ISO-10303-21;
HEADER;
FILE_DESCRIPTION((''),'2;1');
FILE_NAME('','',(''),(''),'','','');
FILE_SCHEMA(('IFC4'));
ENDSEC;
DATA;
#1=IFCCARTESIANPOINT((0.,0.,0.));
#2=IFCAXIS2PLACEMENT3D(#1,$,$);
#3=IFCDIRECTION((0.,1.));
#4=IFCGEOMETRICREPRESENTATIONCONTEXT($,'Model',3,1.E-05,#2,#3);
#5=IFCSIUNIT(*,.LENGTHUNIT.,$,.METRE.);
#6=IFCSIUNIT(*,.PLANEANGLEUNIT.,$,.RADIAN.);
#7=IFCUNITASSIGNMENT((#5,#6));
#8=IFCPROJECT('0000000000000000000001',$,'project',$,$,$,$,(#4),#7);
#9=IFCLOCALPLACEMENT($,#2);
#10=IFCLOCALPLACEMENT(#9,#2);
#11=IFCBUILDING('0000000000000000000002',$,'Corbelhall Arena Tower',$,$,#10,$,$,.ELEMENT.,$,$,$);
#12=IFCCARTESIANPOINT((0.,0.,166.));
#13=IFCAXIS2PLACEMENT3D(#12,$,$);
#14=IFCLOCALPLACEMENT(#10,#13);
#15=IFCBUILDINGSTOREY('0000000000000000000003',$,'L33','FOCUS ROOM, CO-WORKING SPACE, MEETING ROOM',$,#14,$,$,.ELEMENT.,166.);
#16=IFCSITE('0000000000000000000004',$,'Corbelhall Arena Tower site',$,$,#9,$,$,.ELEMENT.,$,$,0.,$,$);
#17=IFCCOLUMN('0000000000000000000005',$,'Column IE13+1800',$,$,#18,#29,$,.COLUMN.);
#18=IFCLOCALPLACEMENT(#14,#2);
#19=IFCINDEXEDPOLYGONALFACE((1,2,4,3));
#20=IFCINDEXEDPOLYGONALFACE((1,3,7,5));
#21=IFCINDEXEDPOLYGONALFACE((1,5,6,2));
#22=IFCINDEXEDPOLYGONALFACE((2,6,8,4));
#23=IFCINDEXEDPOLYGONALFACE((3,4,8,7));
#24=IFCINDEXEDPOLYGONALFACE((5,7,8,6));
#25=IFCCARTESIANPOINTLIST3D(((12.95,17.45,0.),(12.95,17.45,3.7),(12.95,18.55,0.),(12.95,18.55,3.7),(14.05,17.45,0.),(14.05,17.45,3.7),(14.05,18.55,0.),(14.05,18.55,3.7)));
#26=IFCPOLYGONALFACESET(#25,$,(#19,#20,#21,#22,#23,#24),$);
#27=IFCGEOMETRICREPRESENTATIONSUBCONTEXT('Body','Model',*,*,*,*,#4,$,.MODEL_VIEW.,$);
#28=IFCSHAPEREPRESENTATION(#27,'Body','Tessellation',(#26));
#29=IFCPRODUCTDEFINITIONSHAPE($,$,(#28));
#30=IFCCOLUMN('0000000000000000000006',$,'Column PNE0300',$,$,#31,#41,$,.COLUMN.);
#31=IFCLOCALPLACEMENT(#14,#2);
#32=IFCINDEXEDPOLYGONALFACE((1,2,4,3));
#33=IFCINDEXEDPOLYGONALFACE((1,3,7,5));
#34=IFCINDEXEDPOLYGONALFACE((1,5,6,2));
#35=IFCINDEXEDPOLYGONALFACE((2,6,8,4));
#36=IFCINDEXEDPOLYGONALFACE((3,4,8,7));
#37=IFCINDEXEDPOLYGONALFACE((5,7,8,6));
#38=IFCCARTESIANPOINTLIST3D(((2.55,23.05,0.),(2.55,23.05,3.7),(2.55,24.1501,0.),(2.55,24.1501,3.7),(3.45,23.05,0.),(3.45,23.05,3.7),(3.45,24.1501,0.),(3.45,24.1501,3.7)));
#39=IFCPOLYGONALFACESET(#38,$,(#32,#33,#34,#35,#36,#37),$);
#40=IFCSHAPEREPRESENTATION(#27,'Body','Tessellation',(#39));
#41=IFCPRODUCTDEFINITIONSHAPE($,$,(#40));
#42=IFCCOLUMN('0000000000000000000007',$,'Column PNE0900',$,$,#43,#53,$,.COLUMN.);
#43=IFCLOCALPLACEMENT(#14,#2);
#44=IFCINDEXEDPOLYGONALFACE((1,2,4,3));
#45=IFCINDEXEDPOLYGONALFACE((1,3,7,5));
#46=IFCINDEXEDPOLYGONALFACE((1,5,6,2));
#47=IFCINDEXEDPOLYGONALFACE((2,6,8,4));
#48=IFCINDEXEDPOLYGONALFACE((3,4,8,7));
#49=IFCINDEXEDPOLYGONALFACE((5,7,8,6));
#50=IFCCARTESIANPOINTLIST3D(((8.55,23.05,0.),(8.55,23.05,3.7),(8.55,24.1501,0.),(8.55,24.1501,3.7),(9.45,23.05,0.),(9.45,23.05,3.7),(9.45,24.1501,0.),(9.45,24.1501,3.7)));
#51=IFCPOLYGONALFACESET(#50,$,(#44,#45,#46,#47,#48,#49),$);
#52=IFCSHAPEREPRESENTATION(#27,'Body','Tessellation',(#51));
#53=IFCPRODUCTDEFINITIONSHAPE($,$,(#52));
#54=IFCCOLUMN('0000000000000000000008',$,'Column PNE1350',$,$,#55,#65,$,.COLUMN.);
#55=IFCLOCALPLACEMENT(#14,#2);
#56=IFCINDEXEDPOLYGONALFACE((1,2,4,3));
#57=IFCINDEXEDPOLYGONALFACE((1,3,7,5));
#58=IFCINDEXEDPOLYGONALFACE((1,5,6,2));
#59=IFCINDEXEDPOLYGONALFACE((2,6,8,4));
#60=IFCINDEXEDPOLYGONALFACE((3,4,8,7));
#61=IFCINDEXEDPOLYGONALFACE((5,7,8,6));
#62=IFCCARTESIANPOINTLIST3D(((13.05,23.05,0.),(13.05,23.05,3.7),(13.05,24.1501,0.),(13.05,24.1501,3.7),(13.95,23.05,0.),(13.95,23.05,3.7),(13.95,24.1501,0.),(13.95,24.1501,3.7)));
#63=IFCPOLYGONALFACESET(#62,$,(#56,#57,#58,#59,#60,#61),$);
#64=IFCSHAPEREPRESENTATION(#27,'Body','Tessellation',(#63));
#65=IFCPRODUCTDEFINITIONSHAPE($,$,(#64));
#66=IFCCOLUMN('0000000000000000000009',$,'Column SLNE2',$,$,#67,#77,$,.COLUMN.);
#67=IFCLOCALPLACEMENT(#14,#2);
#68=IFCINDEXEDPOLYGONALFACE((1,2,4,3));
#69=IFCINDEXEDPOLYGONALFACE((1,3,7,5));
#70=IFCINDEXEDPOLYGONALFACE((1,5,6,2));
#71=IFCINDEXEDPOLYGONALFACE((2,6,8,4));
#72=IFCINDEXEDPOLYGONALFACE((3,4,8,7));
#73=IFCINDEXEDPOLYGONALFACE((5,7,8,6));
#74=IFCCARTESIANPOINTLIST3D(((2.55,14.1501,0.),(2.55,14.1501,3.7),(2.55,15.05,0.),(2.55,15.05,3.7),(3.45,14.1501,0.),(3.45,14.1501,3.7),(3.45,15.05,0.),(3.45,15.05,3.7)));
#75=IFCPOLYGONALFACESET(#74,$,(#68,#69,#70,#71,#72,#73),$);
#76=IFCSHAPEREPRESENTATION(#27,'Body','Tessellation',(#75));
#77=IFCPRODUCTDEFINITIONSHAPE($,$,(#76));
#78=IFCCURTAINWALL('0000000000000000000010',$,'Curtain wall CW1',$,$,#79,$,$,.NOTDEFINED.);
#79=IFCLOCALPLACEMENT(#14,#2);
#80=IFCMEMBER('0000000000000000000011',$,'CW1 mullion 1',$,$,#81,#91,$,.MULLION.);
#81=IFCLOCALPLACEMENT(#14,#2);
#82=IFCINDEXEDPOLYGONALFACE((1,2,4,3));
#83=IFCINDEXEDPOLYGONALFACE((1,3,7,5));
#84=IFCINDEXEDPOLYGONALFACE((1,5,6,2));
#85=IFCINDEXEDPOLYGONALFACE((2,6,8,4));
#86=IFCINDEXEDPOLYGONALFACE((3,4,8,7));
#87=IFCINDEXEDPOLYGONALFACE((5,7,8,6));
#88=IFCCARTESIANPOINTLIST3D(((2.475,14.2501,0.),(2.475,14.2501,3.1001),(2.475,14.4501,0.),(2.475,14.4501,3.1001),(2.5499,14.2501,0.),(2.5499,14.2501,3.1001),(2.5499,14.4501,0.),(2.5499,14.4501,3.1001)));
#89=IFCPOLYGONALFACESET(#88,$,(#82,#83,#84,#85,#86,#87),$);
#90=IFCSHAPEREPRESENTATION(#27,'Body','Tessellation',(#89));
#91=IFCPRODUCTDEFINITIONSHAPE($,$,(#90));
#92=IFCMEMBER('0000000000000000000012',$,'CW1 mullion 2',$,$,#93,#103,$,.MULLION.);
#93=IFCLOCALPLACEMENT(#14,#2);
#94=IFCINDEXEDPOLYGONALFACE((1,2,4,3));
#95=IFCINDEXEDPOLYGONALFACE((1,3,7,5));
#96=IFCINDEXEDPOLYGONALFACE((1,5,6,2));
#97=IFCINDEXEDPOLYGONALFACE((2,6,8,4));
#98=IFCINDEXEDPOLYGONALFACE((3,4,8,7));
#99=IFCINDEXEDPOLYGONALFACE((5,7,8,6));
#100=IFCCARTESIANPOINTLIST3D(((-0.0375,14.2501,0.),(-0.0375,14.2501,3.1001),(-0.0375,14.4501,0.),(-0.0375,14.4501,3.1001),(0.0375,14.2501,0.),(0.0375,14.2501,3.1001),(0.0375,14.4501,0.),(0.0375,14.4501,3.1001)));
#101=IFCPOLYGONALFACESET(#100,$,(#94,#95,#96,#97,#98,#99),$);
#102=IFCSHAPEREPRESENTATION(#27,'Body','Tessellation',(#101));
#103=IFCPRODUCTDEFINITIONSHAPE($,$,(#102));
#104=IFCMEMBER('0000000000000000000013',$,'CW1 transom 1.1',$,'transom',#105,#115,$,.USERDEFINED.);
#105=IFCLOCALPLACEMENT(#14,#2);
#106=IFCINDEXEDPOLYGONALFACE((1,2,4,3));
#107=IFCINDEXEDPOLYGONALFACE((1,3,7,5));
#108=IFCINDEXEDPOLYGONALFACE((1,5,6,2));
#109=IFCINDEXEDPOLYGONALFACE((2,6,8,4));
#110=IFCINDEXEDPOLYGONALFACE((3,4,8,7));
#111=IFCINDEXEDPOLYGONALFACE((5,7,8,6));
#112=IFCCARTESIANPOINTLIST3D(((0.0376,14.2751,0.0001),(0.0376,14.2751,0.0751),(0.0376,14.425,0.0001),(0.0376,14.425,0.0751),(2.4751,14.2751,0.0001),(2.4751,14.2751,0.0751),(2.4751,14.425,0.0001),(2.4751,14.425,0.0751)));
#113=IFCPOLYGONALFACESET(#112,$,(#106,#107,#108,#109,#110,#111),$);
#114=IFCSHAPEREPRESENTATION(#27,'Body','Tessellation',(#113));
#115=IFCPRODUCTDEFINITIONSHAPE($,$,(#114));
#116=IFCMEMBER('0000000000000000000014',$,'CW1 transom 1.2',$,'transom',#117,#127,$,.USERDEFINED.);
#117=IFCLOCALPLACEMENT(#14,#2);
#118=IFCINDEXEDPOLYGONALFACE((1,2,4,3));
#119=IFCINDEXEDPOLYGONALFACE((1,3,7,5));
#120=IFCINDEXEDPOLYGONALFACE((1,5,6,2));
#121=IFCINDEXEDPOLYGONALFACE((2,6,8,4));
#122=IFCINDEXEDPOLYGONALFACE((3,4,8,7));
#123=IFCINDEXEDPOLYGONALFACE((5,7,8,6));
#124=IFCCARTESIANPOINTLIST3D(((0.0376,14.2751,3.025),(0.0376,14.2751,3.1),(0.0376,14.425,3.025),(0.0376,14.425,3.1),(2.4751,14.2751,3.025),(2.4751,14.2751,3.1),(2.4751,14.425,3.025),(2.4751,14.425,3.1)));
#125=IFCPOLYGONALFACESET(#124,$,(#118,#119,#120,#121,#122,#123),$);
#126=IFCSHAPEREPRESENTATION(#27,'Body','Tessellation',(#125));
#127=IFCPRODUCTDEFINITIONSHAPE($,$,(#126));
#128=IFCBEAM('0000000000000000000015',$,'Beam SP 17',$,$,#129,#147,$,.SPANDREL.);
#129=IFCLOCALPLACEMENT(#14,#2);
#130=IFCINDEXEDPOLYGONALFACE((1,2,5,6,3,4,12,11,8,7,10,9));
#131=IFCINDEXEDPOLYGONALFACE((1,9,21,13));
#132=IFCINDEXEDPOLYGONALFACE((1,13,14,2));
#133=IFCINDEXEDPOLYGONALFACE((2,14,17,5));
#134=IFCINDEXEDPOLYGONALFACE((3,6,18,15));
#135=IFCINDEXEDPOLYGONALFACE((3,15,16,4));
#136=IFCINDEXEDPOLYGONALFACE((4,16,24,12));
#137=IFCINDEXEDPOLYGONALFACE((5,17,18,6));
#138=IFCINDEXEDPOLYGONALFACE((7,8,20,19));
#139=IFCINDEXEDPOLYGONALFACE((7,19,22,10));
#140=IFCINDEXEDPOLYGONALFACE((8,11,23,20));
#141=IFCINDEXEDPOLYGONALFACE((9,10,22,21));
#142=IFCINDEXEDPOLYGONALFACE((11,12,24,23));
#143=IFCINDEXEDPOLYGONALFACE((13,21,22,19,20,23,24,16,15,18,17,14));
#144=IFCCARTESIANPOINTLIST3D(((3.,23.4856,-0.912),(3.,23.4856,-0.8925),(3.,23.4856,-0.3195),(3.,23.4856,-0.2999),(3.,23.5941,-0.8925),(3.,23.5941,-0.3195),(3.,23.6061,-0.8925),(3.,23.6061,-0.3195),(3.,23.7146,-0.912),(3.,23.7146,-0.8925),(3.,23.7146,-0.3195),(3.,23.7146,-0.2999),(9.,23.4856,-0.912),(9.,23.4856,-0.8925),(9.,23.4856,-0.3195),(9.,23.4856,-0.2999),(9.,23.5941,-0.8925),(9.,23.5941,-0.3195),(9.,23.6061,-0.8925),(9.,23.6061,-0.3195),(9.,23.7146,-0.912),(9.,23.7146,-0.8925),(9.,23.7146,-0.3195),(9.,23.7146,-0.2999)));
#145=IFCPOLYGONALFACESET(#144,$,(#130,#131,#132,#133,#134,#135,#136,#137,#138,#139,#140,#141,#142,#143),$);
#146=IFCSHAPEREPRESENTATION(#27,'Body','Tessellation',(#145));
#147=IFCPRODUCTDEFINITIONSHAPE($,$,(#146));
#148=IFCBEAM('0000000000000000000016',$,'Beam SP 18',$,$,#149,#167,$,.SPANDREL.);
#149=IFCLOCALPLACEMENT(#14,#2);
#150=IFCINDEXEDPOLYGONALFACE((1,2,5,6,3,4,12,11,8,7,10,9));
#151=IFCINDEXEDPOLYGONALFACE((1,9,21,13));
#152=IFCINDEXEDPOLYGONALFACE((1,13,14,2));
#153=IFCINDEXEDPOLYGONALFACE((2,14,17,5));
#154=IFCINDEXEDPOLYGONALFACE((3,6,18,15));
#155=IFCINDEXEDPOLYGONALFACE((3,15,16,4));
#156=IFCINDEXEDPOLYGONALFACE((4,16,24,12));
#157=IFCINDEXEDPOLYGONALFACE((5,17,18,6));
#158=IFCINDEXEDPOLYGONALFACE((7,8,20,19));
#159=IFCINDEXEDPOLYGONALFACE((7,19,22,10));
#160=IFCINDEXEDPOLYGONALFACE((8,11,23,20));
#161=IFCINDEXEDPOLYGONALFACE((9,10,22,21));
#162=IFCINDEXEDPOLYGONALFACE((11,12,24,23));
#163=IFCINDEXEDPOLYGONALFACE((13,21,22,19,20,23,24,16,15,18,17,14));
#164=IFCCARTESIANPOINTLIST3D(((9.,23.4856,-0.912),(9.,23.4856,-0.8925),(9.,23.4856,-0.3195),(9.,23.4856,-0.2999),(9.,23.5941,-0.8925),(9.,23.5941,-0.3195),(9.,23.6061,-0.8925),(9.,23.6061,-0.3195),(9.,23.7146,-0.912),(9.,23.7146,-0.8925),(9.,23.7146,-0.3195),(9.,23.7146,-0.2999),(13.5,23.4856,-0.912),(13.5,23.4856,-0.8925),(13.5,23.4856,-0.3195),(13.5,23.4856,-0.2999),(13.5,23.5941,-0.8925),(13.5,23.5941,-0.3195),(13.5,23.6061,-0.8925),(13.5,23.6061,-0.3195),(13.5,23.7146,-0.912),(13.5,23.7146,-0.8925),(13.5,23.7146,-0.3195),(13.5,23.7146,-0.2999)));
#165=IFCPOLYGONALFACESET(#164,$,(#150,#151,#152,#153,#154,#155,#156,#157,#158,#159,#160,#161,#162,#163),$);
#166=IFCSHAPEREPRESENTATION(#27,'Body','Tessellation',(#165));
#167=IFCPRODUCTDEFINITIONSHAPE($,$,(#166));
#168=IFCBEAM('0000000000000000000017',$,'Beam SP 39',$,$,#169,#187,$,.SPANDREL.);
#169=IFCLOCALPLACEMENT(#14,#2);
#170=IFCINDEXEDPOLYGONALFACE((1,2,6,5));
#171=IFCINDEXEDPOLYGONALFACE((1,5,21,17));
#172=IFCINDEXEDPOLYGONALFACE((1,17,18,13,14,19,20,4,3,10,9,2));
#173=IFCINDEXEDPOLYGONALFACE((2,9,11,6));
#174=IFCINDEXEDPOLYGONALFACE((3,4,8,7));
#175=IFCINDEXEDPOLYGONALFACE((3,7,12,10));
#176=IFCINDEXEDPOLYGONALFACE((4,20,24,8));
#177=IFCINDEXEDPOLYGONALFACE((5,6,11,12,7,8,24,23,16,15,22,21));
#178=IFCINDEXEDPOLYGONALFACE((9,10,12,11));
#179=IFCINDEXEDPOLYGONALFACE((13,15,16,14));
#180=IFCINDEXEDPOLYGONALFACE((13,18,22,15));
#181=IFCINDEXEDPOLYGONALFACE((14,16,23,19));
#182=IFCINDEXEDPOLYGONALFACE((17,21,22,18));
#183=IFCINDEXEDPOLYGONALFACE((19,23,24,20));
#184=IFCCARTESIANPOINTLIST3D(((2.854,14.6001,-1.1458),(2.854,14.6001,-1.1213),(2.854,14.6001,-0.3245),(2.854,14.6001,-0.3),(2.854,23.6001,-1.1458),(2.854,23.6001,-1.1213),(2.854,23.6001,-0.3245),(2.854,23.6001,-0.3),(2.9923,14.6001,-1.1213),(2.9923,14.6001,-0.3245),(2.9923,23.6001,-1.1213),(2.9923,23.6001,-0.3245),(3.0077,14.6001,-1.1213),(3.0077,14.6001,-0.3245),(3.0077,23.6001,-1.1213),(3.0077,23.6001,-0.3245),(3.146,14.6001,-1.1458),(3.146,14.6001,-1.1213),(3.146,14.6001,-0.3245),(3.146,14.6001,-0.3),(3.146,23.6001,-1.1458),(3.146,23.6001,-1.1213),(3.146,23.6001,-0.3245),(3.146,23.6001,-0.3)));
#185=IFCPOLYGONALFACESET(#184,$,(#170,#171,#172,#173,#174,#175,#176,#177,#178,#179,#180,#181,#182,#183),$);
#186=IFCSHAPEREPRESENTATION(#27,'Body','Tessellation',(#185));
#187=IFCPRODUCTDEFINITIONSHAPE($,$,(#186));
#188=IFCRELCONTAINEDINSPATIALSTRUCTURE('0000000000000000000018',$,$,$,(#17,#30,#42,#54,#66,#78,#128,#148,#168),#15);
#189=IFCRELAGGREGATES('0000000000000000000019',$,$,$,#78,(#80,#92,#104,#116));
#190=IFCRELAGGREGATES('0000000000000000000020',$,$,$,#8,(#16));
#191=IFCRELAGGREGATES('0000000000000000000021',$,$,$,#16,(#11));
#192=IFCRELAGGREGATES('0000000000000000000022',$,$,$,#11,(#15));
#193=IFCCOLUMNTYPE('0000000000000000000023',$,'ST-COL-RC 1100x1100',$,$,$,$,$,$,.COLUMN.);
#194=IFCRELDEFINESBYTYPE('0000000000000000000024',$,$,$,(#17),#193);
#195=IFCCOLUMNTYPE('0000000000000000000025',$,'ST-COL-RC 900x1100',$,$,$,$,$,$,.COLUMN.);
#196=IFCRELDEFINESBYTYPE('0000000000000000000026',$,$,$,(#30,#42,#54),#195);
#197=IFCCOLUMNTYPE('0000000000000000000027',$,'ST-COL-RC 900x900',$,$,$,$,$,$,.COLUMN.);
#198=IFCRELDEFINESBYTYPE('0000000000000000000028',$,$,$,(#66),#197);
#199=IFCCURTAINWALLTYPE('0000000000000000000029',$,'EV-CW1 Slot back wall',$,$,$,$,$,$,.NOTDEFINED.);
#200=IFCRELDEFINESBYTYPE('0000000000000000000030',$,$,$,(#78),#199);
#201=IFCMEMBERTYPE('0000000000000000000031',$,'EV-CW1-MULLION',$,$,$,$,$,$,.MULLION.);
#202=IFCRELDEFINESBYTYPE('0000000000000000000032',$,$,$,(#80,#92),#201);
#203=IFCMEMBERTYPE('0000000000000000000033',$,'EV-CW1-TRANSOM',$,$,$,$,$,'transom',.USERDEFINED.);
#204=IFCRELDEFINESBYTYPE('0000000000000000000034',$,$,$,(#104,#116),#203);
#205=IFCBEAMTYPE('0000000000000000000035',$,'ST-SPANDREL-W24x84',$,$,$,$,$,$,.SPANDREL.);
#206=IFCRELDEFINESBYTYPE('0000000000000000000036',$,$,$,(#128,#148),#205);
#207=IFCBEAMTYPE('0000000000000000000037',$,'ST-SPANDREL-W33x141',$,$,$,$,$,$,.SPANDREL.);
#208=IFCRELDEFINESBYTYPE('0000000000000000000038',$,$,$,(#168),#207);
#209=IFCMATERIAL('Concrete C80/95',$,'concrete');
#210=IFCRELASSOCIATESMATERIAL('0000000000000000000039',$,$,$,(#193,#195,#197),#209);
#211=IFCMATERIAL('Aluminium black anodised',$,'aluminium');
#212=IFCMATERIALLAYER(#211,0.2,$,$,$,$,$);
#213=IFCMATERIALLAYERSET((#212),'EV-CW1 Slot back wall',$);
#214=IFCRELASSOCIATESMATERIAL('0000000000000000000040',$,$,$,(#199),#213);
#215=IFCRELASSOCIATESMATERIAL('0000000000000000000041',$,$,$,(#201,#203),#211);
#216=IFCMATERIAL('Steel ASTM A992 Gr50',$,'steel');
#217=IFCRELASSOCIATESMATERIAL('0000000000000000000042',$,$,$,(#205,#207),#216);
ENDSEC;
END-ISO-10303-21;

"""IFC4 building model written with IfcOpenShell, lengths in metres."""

from ifc_helpers import new_model, si_unit, direction, frame, origin, origin_2d, place, context, subcontext, project, spatial, rectangle, i_section, extrude, material, layer, layer_set, material_profile, profile_set, type_object, element, aggregate, save


model = new_model("IFC4")

# Units and contexts
model_context = context("Model", 3, precision=1e-05, world=origin(), true_north=direction((0.0, 1.0)))
body_context = subcontext(model_context, "Body", "Model", "MODEL_VIEW")
ifc_project = project(units=[si_unit("LENGTHUNIT", "METRE"), si_unit("PLANEANGLEUNIT", "RADIAN")], contexts=[model_context])

# Site, building, storey
site_placement = place(None, origin())
site = spatial("IfcSite", under=ifc_project, at=site_placement, Name="Corbelhall Arena Tower site", CompositionType="ELEMENT", RefElevation=0.0)
building_placement = place(site_placement, origin())
building = spatial("IfcBuilding", under=site, at=building_placement, Name="Corbelhall Arena Tower", CompositionType="ELEMENT")
storey_placement = place(building_placement, frame((0.0, 0.0, 166.0)))
storey = spatial("IfcBuildingStorey", under=building, at=storey_placement, Name="L33", Description="FOCUS ROOM, CO-WORKING SPACE, MEETING ROOM", CompositionType="ELEMENT", Elevation=166.0)

# Columns
ifc_material_1 = material(Name="Concrete C80/95", Category="concrete")
ifc_material_profile_1 = material_profile(ifc_material_1, rectangle(XDim=1.1001, YDim=1.1001, at=origin_2d()))
ifc_profile_set_1 = profile_set([ifc_material_profile_1], Name="Concrete C80/95")
column_type_1 = type_object("IfcColumnType", Name="ST-COL-RC 1100x1100", PredefinedType="COLUMN", material=ifc_profile_set_1)
column_1_placement = place(storey_placement, frame((13.5, 18.0, 0.0), z_axis=(0.0, 0.0, 1.0), x_axis=(1.0, 0.0, 0.0)))
element("IfcColumn", 1, at=column_1_placement, inside=storey, type_object=column_type_1, Name="Column IE13+1800", PredefinedType="COLUMN", context=body_context, shape_type="SweptSolid", body=[
    extrude(rectangle(XDim=1.1001, YDim=1.1001, at=origin_2d()), origin(), (0.0, 0.0, 1.0), 3.7),
])
ifc_material_profile_2 = material_profile(ifc_material_1, rectangle(XDim=0.8999, YDim=1.1001, at=origin_2d()))
ifc_profile_set_2 = profile_set([ifc_material_profile_2], Name="Concrete C80/95")
column_type_2 = type_object("IfcColumnType", Name="ST-COL-RC 900x1100", PredefinedType="COLUMN", material=ifc_profile_set_2)
for number, where, z_axis, x_axis, name in (
    (2, (3.0, 23.6001, 0.0), (0.0, 0.0, 1.0), (1.0, 0.0, 0.0), "Column PNE0300"),
    (3, (9.0, 23.6001, 0.0), (0.0, 0.0, 1.0), (1.0, 0.0, 0.0), "Column PNE0900"),
    (4, (13.5, 23.6001, 0.0), (0.0, 0.0, 1.0), (1.0, 0.0, 0.0), "Column PNE1350"),
):
    element("IfcColumn", number, at=place(storey_placement, frame(where, z_axis=z_axis, x_axis=x_axis)), inside=storey, type_object=column_type_2, Name=name, PredefinedType="COLUMN", context=body_context, shape_type="SweptSolid", body=[
        extrude(rectangle(XDim=0.8999, YDim=1.1001, at=origin_2d()), origin(), (0.0, 0.0, 1.0), 3.7),
    ])
ifc_material_profile_3 = material_profile(ifc_material_1, rectangle(XDim=0.8999, YDim=0.8999, at=origin_2d()))
ifc_profile_set_3 = profile_set([ifc_material_profile_3], Name="Concrete C80/95")
column_type_3 = type_object("IfcColumnType", Name="ST-COL-RC 900x900", PredefinedType="COLUMN", material=ifc_profile_set_3)
column_2_placement = place(storey_placement, frame((3.0, 14.6001, 0.0), z_axis=(0.0, 0.0, 1.0), x_axis=(1.0, 0.0, 0.0)))
element("IfcColumn", 5, at=column_2_placement, inside=storey, type_object=column_type_3, Name="Column SLNE2", PredefinedType="COLUMN", context=body_context, shape_type="SweptSolid", body=[
    extrude(rectangle(XDim=0.8999, YDim=0.8999, at=origin_2d()), origin(), (0.0, 0.0, 1.0), 3.7),
])

# Curtain wall, members
ifc_material_2 = material(Name="Aluminium black anodised", Category="aluminium")
ifc_layer_1 = layer(ifc_material_2, 0.2)
ifc_layer_set_1 = layer_set([ifc_layer_1], Name="EV-CW1 Slot back wall")
curtain_wall_type = type_object("IfcCurtainWallType", Name="EV-CW1 Slot back wall", PredefinedType="NOTDEFINED", material=ifc_layer_set_1)
curtain_wall_placement = place(storey_placement, origin())
curtain_wall = element("IfcCurtainWall", 6, at=curtain_wall_placement, inside=storey, type_object=curtain_wall_type, Name="Curtain wall CW1", PredefinedType="NOTDEFINED")
ifc_material_profile_4 = material_profile(ifc_material_2, rectangle(XDim=0.2, YDim=0.075, at=origin_2d()))
ifc_profile_set_4 = profile_set([ifc_material_profile_4], Name="Aluminium black anodised")
member_type_1 = type_object("IfcMemberType", Name="EV-CW1-MULLION", PredefinedType="MULLION", material=ifc_profile_set_4)
member_1_placement = place(storey_placement, frame((2.5125, 14.3501, 0.0), z_axis=(0.0, 0.0, 1.0), x_axis=(0.0, -1.0, 0.0)))
member_1 = element("IfcMember", 7, at=member_1_placement, type_object=member_type_1, Name="CW1 mullion 1", PredefinedType="MULLION", context=body_context, shape_type="SweptSolid", body=[
    extrude(rectangle(XDim=0.2, YDim=0.075, at=origin_2d()), origin(), (0.0, 0.0, 1.0), 3.1001),
])
member_2_placement = place(storey_placement, frame((0.0, 14.3501, 0.0), z_axis=(0.0, 0.0, 1.0), x_axis=(0.0, -1.0, 0.0)))
member_2 = element("IfcMember", 8, at=member_2_placement, type_object=member_type_1, Name="CW1 mullion 2", PredefinedType="MULLION", context=body_context, shape_type="SweptSolid", body=[
    extrude(rectangle(XDim=0.2, YDim=0.075, at=origin_2d()), origin(), (0.0, 0.0, 1.0), 3.1001),
])
ifc_material_profile_5 = material_profile(ifc_material_2, rectangle(XDim=0.1499, YDim=0.075, at=origin_2d()))
ifc_profile_set_5 = profile_set([ifc_material_profile_5], Name="Aluminium black anodised")
member_type_2 = type_object("IfcMemberType", Name="EV-CW1-TRANSOM", ElementType="transom", PredefinedType="USERDEFINED", material=ifc_profile_set_5)
member_3_placement = place(storey_placement, frame((2.4751, 14.3501, 0.0376), z_axis=(-1.0, 0.0, 0.0), x_axis=(0.0, -1.0, 0.0)))
member_3 = element("IfcMember", 9, at=member_3_placement, type_object=member_type_2, Name="CW1 transom 1.1", ObjectType="transom", PredefinedType="USERDEFINED", context=body_context, shape_type="SweptSolid", body=[
    extrude(rectangle(XDim=0.1499, YDim=0.075, at=origin_2d()), origin(), (0.0, 0.0, 1.0), 2.4375),
])
member_4_placement = place(storey_placement, frame((2.4751, 14.3501, 3.0625), z_axis=(-1.0, 0.0, 0.0), x_axis=(0.0, -1.0, 0.0)))
member_4 = element("IfcMember", 10, at=member_4_placement, type_object=member_type_2, Name="CW1 transom 1.2", ObjectType="transom", PredefinedType="USERDEFINED", context=body_context, shape_type="SweptSolid", body=[
    extrude(rectangle(XDim=0.1499, YDim=0.075, at=origin_2d()), origin(), (0.0, 0.0, 1.0), 2.4375),
])

# Beams
ifc_material_3 = material(Name="Steel ASTM A992 Gr50", Category="steel")
ifc_material_profile_6 = material_profile(ifc_material_3, i_section(OverallWidth=0.229, OverallDepth=0.6121, WebThickness=0.012, FlangeThickness=0.0195, at=origin_2d()))
ifc_profile_set_6 = profile_set([ifc_material_profile_6], Name="Steel ASTM A992 Gr50")
beam_type_1 = type_object("IfcBeamType", Name="ST-SPANDREL-W24x84", PredefinedType="SPANDREL", material=ifc_profile_set_6)
beam_1_placement = place(storey_placement, frame((3.0, 23.6001, -0.606), z_axis=(1.0, 0.0, 0.0), x_axis=(0.0, 1.0, 0.0)))
element("IfcBeam", 11, at=beam_1_placement, inside=storey, type_object=beam_type_1, Name="Beam SP 17", PredefinedType="SPANDREL", context=body_context, shape_type="SweptSolid", body=[
    extrude(i_section(OverallWidth=0.229, OverallDepth=0.6121, WebThickness=0.012, FlangeThickness=0.0195, at=origin_2d()), origin(), (0.0, 0.0, 1.0), 6.0),
])
beam_2_placement = place(storey_placement, frame((9.0, 23.6001, -0.606), z_axis=(1.0, 0.0, 0.0), x_axis=(0.0, 1.0, 0.0)))
element("IfcBeam", 12, at=beam_2_placement, inside=storey, type_object=beam_type_1, Name="Beam SP 18", PredefinedType="SPANDREL", context=body_context, shape_type="SweptSolid", body=[
    extrude(i_section(OverallWidth=0.229, OverallDepth=0.6121, WebThickness=0.012, FlangeThickness=0.0195, at=origin_2d()), origin(), (0.0, 0.0, 1.0), 4.5),
])
ifc_material_profile_7 = material_profile(ifc_material_3, i_section(OverallWidth=0.292, OverallDepth=0.8457, WebThickness=0.0154, FlangeThickness=0.0244, at=origin_2d()))
ifc_profile_set_7 = profile_set([ifc_material_profile_7], Name="Steel ASTM A992 Gr50")
beam_type_2 = type_object("IfcBeamType", Name="ST-SPANDREL-W33x141", PredefinedType="SPANDREL", material=ifc_profile_set_7)
beam_3_placement = place(storey_placement, frame((3.0, 14.6001, -0.7229), z_axis=(0.0, 1.0, 0.0), x_axis=(-1.0, 0.0, 0.0)))
element("IfcBeam", 13, at=beam_3_placement, inside=storey, type_object=beam_type_2, Name="Beam SP 39", PredefinedType="SPANDREL", context=body_context, shape_type="SweptSolid", body=[
    extrude(i_section(OverallWidth=0.292, OverallDepth=0.8457, WebThickness=0.0154, FlangeThickness=0.0244, at=origin_2d()), origin(), (0.0, 0.0, 1.0), 9.0),
])

aggregate(curtain_wall, [member_1, member_2, member_3, member_4])

save(model, "model.ifc")
